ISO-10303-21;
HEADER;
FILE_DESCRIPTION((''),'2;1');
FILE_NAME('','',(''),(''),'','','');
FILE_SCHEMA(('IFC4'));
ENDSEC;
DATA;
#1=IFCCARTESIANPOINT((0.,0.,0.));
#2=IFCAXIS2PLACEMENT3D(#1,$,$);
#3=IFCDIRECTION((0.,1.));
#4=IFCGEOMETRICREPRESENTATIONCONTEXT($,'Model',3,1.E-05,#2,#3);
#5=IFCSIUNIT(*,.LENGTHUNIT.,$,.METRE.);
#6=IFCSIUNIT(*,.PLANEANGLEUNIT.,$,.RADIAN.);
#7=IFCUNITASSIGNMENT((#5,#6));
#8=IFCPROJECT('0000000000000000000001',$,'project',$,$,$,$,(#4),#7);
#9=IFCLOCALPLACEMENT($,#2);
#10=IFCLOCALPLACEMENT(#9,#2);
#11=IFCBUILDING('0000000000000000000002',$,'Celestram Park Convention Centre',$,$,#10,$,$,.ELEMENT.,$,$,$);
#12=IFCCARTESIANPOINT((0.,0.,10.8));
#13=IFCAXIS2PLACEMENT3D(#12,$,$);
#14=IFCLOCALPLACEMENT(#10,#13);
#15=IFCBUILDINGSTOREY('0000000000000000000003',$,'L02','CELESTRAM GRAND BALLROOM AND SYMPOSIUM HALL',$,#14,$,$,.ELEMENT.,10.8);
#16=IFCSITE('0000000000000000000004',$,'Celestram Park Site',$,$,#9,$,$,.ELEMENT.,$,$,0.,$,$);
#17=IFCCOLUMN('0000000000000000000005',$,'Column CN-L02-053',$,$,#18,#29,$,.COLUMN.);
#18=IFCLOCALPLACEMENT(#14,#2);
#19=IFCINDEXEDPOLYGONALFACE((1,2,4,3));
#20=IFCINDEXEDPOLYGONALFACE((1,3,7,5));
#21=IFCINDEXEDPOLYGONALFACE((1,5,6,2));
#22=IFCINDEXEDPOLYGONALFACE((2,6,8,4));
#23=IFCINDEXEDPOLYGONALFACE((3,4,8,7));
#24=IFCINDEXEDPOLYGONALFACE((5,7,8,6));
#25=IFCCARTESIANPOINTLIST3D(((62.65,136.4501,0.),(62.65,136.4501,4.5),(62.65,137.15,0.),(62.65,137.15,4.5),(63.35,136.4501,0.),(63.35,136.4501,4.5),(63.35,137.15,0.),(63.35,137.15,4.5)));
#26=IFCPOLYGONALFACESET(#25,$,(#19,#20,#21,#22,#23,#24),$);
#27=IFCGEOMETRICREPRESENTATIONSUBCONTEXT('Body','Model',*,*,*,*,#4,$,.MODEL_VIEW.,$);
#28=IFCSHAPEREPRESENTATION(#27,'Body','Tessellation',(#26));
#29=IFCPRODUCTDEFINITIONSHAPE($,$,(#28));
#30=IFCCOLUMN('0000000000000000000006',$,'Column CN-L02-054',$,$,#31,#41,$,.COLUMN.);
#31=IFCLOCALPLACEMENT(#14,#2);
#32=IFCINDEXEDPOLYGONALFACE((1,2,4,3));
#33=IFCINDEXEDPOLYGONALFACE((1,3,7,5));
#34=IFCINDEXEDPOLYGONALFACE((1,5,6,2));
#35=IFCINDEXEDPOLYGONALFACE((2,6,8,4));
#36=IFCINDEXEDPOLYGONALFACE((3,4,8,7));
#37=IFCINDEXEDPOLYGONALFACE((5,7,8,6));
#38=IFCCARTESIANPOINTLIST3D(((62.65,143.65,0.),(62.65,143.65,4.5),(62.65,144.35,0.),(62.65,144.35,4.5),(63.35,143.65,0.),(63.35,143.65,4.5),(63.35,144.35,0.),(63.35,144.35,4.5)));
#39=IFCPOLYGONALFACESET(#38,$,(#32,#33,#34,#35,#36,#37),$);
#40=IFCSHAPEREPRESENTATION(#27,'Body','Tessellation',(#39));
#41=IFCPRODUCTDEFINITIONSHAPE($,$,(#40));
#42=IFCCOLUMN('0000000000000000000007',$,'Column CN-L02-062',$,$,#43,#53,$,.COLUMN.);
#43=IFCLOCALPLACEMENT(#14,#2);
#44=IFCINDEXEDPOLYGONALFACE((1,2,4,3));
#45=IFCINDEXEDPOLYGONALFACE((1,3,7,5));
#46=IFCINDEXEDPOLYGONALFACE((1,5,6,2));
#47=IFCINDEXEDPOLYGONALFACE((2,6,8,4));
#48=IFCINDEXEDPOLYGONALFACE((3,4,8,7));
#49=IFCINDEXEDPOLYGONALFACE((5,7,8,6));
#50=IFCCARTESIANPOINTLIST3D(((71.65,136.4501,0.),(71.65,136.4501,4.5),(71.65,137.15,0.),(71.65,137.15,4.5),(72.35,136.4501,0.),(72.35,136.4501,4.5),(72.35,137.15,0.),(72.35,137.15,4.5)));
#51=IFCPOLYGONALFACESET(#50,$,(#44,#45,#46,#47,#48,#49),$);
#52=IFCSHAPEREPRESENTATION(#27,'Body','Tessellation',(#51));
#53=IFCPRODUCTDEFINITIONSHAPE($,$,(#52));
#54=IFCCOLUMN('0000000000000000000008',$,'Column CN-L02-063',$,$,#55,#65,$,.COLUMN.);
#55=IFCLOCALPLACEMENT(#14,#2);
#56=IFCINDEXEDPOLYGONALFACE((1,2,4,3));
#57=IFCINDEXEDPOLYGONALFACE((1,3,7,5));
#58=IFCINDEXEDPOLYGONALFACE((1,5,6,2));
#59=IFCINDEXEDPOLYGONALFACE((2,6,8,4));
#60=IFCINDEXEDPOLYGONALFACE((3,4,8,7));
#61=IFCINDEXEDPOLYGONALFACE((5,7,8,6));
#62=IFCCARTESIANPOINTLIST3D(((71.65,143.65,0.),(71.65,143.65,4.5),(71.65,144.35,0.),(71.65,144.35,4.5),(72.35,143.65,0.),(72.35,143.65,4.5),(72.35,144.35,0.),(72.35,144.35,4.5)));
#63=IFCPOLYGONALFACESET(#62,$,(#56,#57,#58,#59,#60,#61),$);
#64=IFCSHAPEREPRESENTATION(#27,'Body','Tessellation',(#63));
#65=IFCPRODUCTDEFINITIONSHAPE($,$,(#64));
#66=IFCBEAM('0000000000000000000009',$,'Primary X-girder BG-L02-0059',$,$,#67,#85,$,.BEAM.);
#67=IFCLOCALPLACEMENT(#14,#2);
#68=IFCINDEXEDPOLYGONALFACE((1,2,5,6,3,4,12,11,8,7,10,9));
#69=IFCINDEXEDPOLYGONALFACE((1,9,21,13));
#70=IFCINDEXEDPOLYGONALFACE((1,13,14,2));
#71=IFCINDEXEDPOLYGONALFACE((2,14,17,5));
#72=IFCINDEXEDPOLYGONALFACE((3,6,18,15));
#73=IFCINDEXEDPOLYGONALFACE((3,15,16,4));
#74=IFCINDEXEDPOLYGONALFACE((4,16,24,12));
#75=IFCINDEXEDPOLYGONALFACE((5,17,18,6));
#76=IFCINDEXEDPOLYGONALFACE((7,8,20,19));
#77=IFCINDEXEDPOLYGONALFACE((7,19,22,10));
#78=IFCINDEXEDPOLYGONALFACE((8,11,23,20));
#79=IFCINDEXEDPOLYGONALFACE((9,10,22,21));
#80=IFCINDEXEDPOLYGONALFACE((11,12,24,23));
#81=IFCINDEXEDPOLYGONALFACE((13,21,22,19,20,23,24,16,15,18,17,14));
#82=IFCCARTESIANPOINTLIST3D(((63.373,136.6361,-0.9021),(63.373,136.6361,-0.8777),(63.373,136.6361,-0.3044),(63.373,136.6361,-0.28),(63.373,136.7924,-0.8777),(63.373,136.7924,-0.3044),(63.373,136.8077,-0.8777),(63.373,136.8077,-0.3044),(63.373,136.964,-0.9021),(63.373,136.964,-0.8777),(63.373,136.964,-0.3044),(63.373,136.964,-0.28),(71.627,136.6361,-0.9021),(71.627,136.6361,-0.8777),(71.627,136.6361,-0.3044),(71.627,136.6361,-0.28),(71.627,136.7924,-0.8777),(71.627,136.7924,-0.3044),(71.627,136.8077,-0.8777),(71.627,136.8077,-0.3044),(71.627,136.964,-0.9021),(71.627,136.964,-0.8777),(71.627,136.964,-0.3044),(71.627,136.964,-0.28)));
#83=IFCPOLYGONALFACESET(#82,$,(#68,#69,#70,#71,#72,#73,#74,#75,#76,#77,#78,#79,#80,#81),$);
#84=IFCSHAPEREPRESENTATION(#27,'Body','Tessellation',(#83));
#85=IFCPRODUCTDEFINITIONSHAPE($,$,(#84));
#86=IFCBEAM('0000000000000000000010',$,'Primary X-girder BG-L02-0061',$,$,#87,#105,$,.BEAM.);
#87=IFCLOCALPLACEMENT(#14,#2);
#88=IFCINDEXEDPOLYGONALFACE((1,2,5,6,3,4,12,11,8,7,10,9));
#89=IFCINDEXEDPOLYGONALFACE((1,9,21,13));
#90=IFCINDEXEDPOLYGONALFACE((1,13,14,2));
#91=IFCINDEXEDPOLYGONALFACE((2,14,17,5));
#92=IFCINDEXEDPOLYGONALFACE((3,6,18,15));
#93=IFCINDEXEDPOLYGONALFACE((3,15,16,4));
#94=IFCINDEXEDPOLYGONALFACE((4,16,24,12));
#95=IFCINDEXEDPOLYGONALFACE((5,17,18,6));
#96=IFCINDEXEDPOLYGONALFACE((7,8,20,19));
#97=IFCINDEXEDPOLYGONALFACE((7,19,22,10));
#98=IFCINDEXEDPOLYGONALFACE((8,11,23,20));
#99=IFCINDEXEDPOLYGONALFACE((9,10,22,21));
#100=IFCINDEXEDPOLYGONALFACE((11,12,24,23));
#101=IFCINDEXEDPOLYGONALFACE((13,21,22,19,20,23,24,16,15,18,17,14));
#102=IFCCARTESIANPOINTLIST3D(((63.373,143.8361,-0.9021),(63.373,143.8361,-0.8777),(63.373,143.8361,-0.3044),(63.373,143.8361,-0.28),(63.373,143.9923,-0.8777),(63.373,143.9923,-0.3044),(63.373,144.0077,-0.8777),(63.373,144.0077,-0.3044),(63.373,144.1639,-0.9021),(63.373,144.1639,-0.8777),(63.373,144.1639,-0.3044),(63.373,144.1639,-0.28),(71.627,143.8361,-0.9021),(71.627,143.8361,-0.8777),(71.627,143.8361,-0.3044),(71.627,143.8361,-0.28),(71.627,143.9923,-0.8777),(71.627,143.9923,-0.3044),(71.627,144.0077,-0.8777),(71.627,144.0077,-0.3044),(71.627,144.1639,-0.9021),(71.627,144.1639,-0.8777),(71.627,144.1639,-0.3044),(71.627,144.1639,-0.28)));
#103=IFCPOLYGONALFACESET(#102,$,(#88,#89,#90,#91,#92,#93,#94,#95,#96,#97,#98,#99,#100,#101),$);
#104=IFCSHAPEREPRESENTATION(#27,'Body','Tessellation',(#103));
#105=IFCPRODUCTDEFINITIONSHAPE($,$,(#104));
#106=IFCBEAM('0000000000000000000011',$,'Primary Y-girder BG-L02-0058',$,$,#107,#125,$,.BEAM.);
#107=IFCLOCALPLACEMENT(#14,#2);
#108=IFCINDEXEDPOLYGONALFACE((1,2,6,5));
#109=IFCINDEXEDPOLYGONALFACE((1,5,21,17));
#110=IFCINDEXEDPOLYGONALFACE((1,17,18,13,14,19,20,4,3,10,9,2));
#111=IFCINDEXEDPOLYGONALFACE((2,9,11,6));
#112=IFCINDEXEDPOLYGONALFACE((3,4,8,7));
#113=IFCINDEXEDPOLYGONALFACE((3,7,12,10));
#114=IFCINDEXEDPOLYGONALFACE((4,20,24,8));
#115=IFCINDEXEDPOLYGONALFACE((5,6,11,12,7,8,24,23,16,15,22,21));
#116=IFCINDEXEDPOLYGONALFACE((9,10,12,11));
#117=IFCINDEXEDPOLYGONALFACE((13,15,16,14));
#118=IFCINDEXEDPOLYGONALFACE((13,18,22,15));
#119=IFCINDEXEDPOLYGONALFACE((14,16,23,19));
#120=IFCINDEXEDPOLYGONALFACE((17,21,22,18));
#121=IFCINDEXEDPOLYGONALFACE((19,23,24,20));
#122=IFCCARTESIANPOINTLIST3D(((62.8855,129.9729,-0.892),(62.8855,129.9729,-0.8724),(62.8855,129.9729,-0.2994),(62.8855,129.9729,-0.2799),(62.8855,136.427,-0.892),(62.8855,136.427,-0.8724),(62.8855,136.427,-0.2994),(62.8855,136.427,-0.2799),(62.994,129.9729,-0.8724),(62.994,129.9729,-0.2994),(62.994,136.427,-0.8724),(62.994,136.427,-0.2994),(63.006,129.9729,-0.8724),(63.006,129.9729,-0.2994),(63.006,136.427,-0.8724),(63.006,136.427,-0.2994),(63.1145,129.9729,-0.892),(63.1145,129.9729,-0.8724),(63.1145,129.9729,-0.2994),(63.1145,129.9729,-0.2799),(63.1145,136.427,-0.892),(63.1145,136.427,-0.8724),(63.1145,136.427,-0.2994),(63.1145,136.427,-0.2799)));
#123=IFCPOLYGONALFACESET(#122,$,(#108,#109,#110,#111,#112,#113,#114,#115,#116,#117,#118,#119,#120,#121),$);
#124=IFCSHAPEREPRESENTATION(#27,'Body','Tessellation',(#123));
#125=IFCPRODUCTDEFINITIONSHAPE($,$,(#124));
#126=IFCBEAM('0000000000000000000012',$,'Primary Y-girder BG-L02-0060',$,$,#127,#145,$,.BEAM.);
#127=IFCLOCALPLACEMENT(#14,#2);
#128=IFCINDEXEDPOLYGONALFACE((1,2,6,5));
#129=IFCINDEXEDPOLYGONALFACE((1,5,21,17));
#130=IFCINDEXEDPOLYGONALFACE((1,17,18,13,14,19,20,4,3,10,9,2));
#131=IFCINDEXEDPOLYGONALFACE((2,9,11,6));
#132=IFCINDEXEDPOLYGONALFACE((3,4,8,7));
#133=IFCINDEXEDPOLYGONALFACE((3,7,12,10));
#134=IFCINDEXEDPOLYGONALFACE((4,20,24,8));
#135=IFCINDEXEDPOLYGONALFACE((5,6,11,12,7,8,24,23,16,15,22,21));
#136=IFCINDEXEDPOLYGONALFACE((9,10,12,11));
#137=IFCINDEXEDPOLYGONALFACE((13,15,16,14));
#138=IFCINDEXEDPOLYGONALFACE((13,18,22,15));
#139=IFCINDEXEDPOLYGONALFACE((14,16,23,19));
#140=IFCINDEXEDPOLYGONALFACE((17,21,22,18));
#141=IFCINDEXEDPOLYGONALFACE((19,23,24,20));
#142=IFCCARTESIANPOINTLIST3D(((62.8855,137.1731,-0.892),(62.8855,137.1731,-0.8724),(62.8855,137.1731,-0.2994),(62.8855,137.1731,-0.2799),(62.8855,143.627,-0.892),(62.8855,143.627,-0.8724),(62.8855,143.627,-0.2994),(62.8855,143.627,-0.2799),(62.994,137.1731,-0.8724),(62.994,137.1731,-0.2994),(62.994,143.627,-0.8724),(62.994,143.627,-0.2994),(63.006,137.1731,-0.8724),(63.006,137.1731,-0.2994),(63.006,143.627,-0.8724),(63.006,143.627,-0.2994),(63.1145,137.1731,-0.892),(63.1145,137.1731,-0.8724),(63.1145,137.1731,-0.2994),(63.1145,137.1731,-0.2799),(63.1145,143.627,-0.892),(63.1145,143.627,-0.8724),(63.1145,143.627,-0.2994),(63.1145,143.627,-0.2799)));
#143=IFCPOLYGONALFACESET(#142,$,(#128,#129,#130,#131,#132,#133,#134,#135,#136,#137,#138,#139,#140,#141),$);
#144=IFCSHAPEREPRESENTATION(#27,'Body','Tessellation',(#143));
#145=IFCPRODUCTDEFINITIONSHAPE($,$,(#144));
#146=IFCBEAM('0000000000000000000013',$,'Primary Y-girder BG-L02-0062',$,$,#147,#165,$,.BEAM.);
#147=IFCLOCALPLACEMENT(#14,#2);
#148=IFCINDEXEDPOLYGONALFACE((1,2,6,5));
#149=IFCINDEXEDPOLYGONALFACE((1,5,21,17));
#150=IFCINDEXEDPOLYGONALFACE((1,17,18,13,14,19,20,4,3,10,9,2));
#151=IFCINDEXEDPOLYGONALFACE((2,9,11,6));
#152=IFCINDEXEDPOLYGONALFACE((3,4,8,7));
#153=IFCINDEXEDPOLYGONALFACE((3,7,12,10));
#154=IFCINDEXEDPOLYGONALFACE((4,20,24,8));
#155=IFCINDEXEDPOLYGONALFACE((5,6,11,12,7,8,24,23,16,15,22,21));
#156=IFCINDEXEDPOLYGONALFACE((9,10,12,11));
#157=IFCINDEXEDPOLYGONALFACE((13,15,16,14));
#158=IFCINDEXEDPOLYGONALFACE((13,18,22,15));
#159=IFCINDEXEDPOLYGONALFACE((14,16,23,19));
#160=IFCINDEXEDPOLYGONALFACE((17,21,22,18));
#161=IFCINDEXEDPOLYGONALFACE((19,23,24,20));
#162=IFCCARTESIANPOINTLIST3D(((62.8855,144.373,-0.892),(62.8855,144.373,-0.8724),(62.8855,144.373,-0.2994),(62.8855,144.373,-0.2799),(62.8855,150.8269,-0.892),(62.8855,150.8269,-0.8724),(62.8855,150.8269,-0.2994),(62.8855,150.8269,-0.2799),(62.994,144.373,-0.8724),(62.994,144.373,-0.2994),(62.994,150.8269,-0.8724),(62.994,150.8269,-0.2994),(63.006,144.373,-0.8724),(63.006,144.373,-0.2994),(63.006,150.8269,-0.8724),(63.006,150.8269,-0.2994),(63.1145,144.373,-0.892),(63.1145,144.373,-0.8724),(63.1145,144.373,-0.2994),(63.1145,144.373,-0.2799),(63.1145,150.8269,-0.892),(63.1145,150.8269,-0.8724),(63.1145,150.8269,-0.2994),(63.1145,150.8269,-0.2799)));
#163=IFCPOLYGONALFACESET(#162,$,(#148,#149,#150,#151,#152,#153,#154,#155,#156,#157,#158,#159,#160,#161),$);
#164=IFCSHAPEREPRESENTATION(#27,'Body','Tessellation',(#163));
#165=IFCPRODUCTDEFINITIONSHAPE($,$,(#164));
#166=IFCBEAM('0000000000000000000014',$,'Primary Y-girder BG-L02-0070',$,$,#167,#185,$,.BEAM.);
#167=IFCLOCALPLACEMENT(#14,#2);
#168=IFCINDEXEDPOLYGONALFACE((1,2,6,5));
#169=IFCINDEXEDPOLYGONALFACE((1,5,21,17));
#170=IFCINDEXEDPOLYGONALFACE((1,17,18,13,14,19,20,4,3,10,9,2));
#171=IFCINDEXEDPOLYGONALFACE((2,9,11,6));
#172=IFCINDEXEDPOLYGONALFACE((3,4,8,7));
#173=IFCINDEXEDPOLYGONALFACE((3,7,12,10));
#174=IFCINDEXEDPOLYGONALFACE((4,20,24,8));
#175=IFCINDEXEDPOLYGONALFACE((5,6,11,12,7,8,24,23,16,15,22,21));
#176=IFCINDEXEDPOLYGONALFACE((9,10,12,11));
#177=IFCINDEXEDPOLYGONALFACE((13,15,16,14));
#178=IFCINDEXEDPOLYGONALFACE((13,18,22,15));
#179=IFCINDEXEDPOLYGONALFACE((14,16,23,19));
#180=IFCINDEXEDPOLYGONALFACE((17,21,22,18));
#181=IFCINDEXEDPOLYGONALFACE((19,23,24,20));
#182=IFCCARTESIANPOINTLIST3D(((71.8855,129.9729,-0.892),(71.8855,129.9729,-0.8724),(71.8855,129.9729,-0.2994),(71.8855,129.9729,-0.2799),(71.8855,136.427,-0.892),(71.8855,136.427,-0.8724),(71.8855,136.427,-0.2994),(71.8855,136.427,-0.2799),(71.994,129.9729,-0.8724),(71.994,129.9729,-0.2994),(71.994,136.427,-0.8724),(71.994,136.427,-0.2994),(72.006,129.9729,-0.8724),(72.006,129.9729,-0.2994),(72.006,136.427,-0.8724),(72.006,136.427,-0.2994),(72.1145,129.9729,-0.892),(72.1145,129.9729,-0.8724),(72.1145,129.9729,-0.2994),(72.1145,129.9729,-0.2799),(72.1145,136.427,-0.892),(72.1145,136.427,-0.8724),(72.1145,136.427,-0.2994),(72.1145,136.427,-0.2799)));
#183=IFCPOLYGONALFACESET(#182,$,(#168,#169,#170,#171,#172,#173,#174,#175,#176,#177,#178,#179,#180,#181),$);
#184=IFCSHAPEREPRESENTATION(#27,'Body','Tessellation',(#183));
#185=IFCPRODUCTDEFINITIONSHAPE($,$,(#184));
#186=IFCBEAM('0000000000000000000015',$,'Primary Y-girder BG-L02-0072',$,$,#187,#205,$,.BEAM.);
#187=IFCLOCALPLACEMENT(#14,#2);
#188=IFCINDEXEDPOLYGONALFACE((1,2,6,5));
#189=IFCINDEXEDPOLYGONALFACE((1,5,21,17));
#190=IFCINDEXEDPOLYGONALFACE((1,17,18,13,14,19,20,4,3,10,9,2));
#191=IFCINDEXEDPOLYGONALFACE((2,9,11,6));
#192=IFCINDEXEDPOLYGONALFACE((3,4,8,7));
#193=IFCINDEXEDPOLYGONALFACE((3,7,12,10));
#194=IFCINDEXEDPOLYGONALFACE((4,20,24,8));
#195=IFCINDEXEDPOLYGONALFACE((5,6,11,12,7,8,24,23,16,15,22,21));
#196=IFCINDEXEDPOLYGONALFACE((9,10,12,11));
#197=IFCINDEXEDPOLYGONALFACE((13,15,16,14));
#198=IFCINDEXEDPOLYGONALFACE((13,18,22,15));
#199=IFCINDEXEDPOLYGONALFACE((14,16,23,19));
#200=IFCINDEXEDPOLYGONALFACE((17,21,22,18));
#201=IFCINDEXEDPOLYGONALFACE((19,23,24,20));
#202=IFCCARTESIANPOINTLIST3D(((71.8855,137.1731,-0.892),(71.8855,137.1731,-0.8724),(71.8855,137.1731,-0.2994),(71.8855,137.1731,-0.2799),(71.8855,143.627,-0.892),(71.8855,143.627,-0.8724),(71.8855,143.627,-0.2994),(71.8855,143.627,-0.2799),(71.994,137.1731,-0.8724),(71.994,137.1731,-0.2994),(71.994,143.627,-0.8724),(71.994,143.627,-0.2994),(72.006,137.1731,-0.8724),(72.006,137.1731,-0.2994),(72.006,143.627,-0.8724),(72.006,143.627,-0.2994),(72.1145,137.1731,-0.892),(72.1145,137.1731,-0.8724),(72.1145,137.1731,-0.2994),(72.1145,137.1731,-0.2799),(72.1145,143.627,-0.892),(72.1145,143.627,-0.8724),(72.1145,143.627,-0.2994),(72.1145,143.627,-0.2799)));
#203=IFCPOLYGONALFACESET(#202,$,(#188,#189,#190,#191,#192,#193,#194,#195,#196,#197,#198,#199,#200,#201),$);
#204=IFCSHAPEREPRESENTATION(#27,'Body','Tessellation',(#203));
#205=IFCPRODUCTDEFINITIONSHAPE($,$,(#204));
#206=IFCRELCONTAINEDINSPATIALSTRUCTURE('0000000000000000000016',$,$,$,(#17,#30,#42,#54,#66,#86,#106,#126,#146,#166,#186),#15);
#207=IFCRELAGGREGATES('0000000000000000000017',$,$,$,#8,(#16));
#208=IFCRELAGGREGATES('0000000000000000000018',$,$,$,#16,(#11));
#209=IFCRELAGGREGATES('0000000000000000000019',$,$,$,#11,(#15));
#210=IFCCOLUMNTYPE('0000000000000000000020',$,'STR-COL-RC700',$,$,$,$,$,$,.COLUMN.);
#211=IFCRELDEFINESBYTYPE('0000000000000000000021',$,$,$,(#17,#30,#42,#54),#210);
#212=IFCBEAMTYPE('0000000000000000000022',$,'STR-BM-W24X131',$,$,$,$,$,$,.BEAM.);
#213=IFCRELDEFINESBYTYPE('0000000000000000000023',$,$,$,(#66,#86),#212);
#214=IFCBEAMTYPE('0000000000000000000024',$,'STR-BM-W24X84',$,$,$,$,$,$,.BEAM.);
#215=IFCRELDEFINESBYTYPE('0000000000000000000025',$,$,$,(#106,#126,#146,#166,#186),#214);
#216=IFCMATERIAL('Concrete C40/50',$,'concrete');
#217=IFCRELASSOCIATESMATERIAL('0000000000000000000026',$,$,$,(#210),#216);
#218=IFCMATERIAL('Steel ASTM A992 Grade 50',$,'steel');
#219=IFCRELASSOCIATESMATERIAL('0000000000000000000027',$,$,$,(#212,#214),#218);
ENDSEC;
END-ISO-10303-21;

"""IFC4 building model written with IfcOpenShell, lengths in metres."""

from ifc_helpers import new_model, si_unit, direction, frame, origin, origin_2d, place, context, subcontext, project, spatial, rectangle, i_section, extrude, material, material_profile, profile_set, type_object, element, save


model = new_model("IFC4")

# Units and contexts
model_context = context("Model", 3, precision=1e-05, world=origin(), true_north=direction((0.0, 1.0)))
body_context = subcontext(model_context, "Body", "Model", "MODEL_VIEW")
ifc_project = project(units=[si_unit("LENGTHUNIT", "METRE"), si_unit("PLANEANGLEUNIT", "RADIAN")], contexts=[model_context])

# Site, building, storey
site_placement = place(None, origin())
site = spatial("IfcSite", under=ifc_project, at=site_placement, Name="Celestram Park Site", CompositionType="ELEMENT", RefElevation=0.0)
building_placement = place(site_placement, origin())
building = spatial("IfcBuilding", under=site, at=building_placement, Name="Celestram Park Convention Centre", CompositionType="ELEMENT")
storey_placement = place(building_placement, frame((0.0, 0.0, 10.8)))
storey = spatial("IfcBuildingStorey", under=building, at=storey_placement, Name="L02", Description="CELESTRAM GRAND BALLROOM AND SYMPOSIUM HALL", CompositionType="ELEMENT", Elevation=10.8)

# Columns
ifc_material_1 = material(Name="Concrete C40/50", Category="concrete")
ifc_material_profile_1 = material_profile(ifc_material_1, rectangle(XDim=0.7, YDim=0.7, at=origin_2d()), Name="RC700X700")
ifc_profile_set_1 = profile_set([ifc_material_profile_1], Name="Concrete C40/50")
column_type = type_object("IfcColumnType", Name="STR-COL-RC700", PredefinedType="COLUMN", material=ifc_profile_set_1)
for number, where, z_axis, x_axis, name in (
    (1, (63.0, 136.8, 0.0), (0.0, 0.0, 1.0), (1.0, 0.0, 0.0), "Column CN-L02-053"),
    (2, (63.0, 144.0, 0.0), (0.0, 0.0, 1.0), (1.0, 0.0, 0.0), "Column CN-L02-054"),
    (3, (72.0, 136.8, 0.0), (0.0, 0.0, 1.0), (1.0, 0.0, 0.0), "Column CN-L02-062"),
    (4, (72.0, 144.0, 0.0), (0.0, 0.0, 1.0), (1.0, 0.0, 0.0), "Column CN-L02-063"),
):
    element("IfcColumn", number, at=place(storey_placement, frame(where, z_axis=z_axis, x_axis=x_axis)), inside=storey, type_object=column_type, Name=name, PredefinedType="COLUMN", context=body_context, shape_type="SweptSolid", body=[
        extrude(rectangle(XDim=0.7, YDim=0.7, at=origin_2d()), origin(), (0.0, 0.0, 1.0), 4.5),
    ])

# Beams
ifc_material_2 = material(Name="Steel ASTM A992 Grade 50", Category="steel")
ifc_material_profile_2 = material_profile(ifc_material_2, i_section(OverallWidth=0.3279, OverallDepth=0.6221, WebThickness=0.0154, FlangeThickness=0.0244, at=origin_2d()), Name="W24X131")
ifc_profile_set_2 = profile_set([ifc_material_profile_2], Name="Steel ASTM A992 Grade 50")
beam_type_1 = type_object("IfcBeamType", Name="STR-BM-W24X131", PredefinedType="BEAM", material=ifc_profile_set_2)
for number, where, z_axis, x_axis, name in (
    (5, (63.373, 136.8, -0.5911), (1.0, 0.0, 0.0), (0.0, 1.0, 0.0), "Primary X-girder BG-L02-0059"),
    (6, (63.373, 144.0, -0.5911), (1.0, 0.0, 0.0), (0.0, 1.0, 0.0), "Primary X-girder BG-L02-0061"),
):
    element("IfcBeam", number, at=place(storey_placement, frame(where, z_axis=z_axis, x_axis=x_axis)), inside=storey, type_object=beam_type_1, Name=name, PredefinedType="BEAM", context=body_context, shape_type="SweptSolid", body=[
        extrude(i_section(OverallWidth=0.3279, OverallDepth=0.6221, WebThickness=0.0154, FlangeThickness=0.0244, at=origin_2d()), origin(), (0.0, 0.0, 1.0), 8.2539),
    ])
ifc_material_profile_3 = material_profile(ifc_material_2, i_section(OverallWidth=0.229, OverallDepth=0.6121, WebThickness=0.012, FlangeThickness=0.0195, at=origin_2d()), Name="W24X84")
ifc_profile_set_3 = profile_set([ifc_material_profile_3], Name="Steel ASTM A992 Grade 50")
beam_type_2 = type_object("IfcBeamType", Name="STR-BM-W24X84", PredefinedType="BEAM", material=ifc_profile_set_3)
beam_1_placement = place(storey_placement, frame((63.0, 129.9729, -0.5859), z_axis=(0.0, 1.0, 0.0), x_axis=(-1.0, 0.0, 0.0)))
element("IfcBeam", 7, at=beam_1_placement, inside=storey, type_object=beam_type_2, Name="Primary Y-girder BG-L02-0058", PredefinedType="BEAM", context=body_context, shape_type="SweptSolid", body=[
    extrude(i_section(OverallWidth=0.229, OverallDepth=0.6121, WebThickness=0.012, FlangeThickness=0.0195, at=origin_2d()), origin(), (0.0, 0.0, 1.0), 6.4541),
])
for number, where, z_axis, x_axis, name in (
    (8, (63.0, 137.1731, -0.5859), (0.0, 1.0, 0.0), (-1.0, 0.0, 0.0), "Primary Y-girder BG-L02-0060"),
    (9, (63.0, 144.373, -0.5859), (0.0, 1.0, 0.0), (-1.0, 0.0, 0.0), "Primary Y-girder BG-L02-0062"),
):
    element("IfcBeam", number, at=place(storey_placement, frame(where, z_axis=z_axis, x_axis=x_axis)), inside=storey, type_object=beam_type_2, Name=name, PredefinedType="BEAM", context=body_context, shape_type="SweptSolid", body=[
        extrude(i_section(OverallWidth=0.229, OverallDepth=0.6121, WebThickness=0.012, FlangeThickness=0.0195, at=origin_2d()), origin(), (0.0, 0.0, 1.0), 6.4539),
    ])
beam_2_placement = place(storey_placement, frame((72.0, 129.9729, -0.5859), z_axis=(0.0, 1.0, 0.0), x_axis=(-1.0, 0.0, 0.0)))
element("IfcBeam", 10, at=beam_2_placement, inside=storey, type_object=beam_type_2, Name="Primary Y-girder BG-L02-0070", PredefinedType="BEAM", context=body_context, shape_type="SweptSolid", body=[
    extrude(i_section(OverallWidth=0.229, OverallDepth=0.6121, WebThickness=0.012, FlangeThickness=0.0195, at=origin_2d()), origin(), (0.0, 0.0, 1.0), 6.4541),
])
for number, where, z_axis, x_axis, name in (
    (11, (72.0, 137.1731, -0.5859), (0.0, 1.0, 0.0), (-1.0, 0.0, 0.0), "Primary Y-girder BG-L02-0072"),
):
    element("IfcBeam", number, at=place(storey_placement, frame(where, z_axis=z_axis, x_axis=x_axis)), inside=storey, type_object=beam_type_2, Name=name, PredefinedType="BEAM", context=body_context, shape_type="SweptSolid", body=[
        extrude(i_section(OverallWidth=0.229, OverallDepth=0.6121, WebThickness=0.012, FlangeThickness=0.0195, at=origin_2d()), origin(), (0.0, 0.0, 1.0), 6.4539),
    ])

save(model, "model.ifc")
